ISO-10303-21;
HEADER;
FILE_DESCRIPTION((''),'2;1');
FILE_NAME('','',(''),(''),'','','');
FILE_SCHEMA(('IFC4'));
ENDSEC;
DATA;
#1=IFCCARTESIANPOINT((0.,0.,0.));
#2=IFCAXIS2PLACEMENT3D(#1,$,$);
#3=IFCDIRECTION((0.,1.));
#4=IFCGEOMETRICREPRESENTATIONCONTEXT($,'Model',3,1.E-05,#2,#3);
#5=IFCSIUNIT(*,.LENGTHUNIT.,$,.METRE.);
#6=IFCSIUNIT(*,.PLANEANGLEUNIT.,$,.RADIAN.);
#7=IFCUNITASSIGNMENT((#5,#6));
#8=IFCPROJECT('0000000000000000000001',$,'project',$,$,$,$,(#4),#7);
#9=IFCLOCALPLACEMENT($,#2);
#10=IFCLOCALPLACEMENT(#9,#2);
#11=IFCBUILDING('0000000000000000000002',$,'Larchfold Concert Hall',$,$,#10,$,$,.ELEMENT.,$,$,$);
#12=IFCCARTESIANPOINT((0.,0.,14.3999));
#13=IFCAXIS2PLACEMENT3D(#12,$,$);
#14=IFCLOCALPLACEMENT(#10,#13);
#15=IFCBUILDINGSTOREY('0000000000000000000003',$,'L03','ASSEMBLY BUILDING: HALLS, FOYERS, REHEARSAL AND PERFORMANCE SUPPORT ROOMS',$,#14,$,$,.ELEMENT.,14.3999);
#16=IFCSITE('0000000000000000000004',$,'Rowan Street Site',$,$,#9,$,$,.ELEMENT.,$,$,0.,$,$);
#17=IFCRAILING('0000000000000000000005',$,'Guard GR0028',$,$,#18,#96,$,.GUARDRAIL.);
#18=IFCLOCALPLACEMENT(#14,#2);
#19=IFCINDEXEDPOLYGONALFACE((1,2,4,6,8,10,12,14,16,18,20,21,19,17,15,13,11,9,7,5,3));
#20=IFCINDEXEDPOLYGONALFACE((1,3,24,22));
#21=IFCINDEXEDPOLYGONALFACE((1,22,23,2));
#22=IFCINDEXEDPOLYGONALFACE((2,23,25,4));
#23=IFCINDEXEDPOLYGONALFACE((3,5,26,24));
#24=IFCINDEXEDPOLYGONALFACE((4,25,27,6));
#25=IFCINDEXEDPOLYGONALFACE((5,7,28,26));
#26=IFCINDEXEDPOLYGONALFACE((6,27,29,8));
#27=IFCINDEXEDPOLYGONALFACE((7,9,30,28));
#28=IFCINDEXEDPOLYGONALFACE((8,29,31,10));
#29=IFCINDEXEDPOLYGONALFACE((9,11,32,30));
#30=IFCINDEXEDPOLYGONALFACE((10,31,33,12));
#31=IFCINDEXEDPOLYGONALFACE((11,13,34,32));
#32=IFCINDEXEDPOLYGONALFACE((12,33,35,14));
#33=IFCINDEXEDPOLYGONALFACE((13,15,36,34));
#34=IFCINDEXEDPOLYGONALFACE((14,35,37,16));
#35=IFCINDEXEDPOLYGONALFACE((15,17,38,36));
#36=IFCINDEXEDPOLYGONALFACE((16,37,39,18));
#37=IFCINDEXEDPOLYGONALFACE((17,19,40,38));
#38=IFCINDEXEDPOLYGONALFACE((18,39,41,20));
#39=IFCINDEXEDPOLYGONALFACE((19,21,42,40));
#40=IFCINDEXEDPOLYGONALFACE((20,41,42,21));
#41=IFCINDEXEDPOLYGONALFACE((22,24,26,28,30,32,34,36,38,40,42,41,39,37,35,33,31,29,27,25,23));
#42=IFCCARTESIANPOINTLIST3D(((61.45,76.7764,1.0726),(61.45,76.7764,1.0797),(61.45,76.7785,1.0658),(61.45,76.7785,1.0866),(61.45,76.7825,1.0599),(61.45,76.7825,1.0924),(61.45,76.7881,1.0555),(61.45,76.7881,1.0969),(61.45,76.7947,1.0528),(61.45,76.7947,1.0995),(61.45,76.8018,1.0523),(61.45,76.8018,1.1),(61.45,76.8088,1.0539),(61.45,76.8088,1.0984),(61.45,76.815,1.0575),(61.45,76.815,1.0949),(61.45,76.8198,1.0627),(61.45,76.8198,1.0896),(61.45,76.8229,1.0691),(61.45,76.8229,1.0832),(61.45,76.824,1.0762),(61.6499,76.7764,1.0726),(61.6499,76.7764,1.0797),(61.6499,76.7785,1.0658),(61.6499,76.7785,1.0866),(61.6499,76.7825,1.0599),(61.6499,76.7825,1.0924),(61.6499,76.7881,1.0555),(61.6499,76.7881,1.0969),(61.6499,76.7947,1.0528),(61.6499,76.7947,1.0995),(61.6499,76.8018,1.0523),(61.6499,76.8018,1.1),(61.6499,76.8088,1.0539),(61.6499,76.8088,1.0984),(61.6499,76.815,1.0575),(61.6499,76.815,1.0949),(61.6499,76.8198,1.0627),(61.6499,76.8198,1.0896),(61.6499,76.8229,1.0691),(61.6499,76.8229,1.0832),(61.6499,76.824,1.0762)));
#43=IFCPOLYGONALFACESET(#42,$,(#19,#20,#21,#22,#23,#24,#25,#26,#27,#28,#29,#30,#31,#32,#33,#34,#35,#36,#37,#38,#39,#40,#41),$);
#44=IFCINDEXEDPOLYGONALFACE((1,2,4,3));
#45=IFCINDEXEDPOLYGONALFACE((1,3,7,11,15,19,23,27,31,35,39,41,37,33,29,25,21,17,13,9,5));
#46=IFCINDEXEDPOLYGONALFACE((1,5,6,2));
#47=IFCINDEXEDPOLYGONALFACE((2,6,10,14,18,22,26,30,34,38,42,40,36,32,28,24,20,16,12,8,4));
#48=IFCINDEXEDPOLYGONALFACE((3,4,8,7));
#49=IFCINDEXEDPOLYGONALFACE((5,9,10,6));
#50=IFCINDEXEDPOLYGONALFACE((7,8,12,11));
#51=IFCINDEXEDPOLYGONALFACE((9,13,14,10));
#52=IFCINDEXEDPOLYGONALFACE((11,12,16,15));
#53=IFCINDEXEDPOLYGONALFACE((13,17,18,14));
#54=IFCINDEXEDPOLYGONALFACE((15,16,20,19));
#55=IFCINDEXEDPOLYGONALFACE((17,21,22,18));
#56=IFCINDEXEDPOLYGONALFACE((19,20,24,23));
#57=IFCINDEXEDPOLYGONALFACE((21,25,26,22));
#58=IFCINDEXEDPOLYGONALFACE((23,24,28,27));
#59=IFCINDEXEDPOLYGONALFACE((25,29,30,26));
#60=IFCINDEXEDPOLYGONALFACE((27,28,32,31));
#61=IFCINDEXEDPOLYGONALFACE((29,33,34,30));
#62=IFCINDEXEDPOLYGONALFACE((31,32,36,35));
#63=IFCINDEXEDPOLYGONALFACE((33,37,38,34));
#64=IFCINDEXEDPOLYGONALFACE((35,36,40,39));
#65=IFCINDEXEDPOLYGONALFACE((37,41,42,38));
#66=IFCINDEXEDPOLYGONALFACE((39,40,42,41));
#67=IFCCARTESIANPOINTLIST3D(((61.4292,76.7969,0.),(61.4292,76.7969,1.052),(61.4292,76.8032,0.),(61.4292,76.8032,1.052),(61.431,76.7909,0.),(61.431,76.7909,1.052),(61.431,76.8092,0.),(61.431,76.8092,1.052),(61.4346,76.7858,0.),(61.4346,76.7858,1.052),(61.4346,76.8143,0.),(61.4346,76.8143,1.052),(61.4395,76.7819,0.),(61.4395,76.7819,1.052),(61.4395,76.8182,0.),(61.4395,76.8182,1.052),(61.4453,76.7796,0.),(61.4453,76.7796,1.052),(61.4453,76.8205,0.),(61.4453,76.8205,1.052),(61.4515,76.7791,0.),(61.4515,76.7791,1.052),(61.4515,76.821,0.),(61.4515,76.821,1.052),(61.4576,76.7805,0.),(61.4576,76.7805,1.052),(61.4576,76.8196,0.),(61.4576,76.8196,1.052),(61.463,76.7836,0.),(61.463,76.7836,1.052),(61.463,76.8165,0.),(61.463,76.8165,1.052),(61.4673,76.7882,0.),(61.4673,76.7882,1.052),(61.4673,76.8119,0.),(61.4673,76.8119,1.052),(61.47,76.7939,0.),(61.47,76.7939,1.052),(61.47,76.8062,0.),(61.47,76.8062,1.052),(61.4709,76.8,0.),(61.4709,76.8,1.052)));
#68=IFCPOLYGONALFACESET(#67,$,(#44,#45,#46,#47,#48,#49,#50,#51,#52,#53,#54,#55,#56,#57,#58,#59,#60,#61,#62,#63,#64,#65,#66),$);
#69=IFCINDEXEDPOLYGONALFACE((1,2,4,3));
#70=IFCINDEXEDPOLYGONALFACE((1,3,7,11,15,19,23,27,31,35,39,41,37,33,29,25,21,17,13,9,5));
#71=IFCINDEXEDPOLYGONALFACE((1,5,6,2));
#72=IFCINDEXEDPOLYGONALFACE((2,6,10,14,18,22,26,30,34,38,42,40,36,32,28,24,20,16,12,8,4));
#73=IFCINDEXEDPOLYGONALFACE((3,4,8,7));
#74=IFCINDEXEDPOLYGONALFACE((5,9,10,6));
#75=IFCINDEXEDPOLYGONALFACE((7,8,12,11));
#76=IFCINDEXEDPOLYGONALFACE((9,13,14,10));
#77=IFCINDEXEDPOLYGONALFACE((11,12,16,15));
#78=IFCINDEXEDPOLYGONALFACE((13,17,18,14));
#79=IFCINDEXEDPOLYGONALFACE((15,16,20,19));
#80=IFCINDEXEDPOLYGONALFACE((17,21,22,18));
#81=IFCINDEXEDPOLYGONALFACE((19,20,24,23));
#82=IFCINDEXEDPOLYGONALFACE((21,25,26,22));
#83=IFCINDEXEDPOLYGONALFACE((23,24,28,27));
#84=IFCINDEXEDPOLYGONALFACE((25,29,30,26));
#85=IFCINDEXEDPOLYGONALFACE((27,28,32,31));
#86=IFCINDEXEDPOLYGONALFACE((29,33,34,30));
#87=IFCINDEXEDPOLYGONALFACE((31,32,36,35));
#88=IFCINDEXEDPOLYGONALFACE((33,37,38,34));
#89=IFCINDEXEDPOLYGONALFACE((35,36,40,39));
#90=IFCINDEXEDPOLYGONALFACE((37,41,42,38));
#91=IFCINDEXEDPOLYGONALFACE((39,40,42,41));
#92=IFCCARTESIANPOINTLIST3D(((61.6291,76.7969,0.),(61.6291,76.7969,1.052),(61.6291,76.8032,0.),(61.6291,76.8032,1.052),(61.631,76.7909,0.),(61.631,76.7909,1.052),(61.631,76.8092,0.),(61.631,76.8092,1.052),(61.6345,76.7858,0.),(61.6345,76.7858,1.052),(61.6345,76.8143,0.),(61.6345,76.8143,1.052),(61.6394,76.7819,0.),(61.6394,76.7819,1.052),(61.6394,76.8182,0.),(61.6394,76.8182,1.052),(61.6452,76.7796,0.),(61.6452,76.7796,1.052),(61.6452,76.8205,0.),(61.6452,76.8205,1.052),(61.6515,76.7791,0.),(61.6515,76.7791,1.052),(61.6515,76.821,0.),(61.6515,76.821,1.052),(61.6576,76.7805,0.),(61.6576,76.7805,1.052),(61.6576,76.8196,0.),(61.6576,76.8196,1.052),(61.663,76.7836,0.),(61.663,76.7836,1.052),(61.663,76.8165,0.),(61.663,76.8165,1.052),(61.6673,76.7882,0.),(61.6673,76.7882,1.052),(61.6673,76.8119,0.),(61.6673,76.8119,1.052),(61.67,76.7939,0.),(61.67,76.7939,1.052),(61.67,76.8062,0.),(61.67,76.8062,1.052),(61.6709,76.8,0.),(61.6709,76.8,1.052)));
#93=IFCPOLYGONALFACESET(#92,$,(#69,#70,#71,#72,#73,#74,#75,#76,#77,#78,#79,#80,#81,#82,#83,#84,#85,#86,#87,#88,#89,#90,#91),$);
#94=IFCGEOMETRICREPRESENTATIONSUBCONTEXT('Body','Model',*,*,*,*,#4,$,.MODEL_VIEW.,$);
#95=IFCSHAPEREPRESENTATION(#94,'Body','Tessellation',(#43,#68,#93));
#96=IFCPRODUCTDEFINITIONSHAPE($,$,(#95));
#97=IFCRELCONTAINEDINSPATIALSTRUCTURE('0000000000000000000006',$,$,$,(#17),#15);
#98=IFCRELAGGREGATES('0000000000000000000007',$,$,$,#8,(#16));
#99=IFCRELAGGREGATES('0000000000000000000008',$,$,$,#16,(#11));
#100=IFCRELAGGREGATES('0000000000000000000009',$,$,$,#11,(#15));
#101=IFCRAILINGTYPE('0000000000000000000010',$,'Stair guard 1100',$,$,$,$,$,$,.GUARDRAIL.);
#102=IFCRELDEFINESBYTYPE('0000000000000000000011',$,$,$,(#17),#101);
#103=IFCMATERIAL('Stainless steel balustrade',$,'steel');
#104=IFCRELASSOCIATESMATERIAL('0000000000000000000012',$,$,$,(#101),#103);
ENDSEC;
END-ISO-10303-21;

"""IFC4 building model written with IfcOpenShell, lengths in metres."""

from ifc_helpers import new_model, si_unit, direction, frame, origin, origin_2d, place, context, subcontext, project, spatial, circle, extrude, material, type_object, element, save


model = new_model("IFC4")

# Units and contexts
model_context = context("Model", 3, precision=1e-05, world=origin(), true_north=direction((0.0, 1.0)))
body_context = subcontext(model_context, "Body", "Model", "MODEL_VIEW")
ifc_project = project(units=[si_unit("LENGTHUNIT", "METRE"), si_unit("PLANEANGLEUNIT", "RADIAN")], contexts=[model_context])

# Site, building, storey
site_placement = place(None, origin())
site = spatial("IfcSite", under=ifc_project, at=site_placement, Name="Rowan Street Site", CompositionType="ELEMENT", RefElevation=0.0)
building_placement = place(site_placement, origin())
building = spatial("IfcBuilding", under=site, at=building_placement, Name="Larchfold Concert Hall", CompositionType="ELEMENT")
storey_placement = place(building_placement, frame((0.0, 0.0, 14.3999)))
storey = spatial("IfcBuildingStorey", under=building, at=storey_placement, Name="L03", Description="ASSEMBLY BUILDING: HALLS, FOYERS, REHEARSAL AND PERFORMANCE SUPPORT ROOMS", CompositionType="ELEMENT", Elevation=14.3999)

# Railing
ifc_material_1 = material(Name="Stainless steel balustrade", Category="steel")
railing_type_1 = type_object("IfcRailingType", Name="Stair guard 1100", PredefinedType="GUARDRAIL", material=ifc_material_1)
railing_1_placement = place(storey_placement, frame((61.45, 76.8, 0.0)))
element("IfcRailing", 1, at=railing_1_placement, inside=storey, type_object=railing_type_1, Name="Guard GR0028", PredefinedType="GUARDRAIL", context=body_context, shape_type="SweptSolid", body=[
    extrude(circle(Radius=0.0239, at=origin_2d()), frame((0.0, 0.0, 1.0762), z_axis=(1.0, 0.0, 0.0), x_axis=(0.0, 1.0, 0.0)), (0.0, 0.0, 1.0), 0.2),
    extrude(circle(Radius=0.021, at=origin_2d()), origin(), (0.0, 0.0, 1.0), 1.052),
    extrude(circle(Radius=0.021, at=origin_2d()), frame((0.2, 0.0, 0.0)), (0.0, 0.0, 1.0), 1.052),
])

save(model, "model.ifc")
